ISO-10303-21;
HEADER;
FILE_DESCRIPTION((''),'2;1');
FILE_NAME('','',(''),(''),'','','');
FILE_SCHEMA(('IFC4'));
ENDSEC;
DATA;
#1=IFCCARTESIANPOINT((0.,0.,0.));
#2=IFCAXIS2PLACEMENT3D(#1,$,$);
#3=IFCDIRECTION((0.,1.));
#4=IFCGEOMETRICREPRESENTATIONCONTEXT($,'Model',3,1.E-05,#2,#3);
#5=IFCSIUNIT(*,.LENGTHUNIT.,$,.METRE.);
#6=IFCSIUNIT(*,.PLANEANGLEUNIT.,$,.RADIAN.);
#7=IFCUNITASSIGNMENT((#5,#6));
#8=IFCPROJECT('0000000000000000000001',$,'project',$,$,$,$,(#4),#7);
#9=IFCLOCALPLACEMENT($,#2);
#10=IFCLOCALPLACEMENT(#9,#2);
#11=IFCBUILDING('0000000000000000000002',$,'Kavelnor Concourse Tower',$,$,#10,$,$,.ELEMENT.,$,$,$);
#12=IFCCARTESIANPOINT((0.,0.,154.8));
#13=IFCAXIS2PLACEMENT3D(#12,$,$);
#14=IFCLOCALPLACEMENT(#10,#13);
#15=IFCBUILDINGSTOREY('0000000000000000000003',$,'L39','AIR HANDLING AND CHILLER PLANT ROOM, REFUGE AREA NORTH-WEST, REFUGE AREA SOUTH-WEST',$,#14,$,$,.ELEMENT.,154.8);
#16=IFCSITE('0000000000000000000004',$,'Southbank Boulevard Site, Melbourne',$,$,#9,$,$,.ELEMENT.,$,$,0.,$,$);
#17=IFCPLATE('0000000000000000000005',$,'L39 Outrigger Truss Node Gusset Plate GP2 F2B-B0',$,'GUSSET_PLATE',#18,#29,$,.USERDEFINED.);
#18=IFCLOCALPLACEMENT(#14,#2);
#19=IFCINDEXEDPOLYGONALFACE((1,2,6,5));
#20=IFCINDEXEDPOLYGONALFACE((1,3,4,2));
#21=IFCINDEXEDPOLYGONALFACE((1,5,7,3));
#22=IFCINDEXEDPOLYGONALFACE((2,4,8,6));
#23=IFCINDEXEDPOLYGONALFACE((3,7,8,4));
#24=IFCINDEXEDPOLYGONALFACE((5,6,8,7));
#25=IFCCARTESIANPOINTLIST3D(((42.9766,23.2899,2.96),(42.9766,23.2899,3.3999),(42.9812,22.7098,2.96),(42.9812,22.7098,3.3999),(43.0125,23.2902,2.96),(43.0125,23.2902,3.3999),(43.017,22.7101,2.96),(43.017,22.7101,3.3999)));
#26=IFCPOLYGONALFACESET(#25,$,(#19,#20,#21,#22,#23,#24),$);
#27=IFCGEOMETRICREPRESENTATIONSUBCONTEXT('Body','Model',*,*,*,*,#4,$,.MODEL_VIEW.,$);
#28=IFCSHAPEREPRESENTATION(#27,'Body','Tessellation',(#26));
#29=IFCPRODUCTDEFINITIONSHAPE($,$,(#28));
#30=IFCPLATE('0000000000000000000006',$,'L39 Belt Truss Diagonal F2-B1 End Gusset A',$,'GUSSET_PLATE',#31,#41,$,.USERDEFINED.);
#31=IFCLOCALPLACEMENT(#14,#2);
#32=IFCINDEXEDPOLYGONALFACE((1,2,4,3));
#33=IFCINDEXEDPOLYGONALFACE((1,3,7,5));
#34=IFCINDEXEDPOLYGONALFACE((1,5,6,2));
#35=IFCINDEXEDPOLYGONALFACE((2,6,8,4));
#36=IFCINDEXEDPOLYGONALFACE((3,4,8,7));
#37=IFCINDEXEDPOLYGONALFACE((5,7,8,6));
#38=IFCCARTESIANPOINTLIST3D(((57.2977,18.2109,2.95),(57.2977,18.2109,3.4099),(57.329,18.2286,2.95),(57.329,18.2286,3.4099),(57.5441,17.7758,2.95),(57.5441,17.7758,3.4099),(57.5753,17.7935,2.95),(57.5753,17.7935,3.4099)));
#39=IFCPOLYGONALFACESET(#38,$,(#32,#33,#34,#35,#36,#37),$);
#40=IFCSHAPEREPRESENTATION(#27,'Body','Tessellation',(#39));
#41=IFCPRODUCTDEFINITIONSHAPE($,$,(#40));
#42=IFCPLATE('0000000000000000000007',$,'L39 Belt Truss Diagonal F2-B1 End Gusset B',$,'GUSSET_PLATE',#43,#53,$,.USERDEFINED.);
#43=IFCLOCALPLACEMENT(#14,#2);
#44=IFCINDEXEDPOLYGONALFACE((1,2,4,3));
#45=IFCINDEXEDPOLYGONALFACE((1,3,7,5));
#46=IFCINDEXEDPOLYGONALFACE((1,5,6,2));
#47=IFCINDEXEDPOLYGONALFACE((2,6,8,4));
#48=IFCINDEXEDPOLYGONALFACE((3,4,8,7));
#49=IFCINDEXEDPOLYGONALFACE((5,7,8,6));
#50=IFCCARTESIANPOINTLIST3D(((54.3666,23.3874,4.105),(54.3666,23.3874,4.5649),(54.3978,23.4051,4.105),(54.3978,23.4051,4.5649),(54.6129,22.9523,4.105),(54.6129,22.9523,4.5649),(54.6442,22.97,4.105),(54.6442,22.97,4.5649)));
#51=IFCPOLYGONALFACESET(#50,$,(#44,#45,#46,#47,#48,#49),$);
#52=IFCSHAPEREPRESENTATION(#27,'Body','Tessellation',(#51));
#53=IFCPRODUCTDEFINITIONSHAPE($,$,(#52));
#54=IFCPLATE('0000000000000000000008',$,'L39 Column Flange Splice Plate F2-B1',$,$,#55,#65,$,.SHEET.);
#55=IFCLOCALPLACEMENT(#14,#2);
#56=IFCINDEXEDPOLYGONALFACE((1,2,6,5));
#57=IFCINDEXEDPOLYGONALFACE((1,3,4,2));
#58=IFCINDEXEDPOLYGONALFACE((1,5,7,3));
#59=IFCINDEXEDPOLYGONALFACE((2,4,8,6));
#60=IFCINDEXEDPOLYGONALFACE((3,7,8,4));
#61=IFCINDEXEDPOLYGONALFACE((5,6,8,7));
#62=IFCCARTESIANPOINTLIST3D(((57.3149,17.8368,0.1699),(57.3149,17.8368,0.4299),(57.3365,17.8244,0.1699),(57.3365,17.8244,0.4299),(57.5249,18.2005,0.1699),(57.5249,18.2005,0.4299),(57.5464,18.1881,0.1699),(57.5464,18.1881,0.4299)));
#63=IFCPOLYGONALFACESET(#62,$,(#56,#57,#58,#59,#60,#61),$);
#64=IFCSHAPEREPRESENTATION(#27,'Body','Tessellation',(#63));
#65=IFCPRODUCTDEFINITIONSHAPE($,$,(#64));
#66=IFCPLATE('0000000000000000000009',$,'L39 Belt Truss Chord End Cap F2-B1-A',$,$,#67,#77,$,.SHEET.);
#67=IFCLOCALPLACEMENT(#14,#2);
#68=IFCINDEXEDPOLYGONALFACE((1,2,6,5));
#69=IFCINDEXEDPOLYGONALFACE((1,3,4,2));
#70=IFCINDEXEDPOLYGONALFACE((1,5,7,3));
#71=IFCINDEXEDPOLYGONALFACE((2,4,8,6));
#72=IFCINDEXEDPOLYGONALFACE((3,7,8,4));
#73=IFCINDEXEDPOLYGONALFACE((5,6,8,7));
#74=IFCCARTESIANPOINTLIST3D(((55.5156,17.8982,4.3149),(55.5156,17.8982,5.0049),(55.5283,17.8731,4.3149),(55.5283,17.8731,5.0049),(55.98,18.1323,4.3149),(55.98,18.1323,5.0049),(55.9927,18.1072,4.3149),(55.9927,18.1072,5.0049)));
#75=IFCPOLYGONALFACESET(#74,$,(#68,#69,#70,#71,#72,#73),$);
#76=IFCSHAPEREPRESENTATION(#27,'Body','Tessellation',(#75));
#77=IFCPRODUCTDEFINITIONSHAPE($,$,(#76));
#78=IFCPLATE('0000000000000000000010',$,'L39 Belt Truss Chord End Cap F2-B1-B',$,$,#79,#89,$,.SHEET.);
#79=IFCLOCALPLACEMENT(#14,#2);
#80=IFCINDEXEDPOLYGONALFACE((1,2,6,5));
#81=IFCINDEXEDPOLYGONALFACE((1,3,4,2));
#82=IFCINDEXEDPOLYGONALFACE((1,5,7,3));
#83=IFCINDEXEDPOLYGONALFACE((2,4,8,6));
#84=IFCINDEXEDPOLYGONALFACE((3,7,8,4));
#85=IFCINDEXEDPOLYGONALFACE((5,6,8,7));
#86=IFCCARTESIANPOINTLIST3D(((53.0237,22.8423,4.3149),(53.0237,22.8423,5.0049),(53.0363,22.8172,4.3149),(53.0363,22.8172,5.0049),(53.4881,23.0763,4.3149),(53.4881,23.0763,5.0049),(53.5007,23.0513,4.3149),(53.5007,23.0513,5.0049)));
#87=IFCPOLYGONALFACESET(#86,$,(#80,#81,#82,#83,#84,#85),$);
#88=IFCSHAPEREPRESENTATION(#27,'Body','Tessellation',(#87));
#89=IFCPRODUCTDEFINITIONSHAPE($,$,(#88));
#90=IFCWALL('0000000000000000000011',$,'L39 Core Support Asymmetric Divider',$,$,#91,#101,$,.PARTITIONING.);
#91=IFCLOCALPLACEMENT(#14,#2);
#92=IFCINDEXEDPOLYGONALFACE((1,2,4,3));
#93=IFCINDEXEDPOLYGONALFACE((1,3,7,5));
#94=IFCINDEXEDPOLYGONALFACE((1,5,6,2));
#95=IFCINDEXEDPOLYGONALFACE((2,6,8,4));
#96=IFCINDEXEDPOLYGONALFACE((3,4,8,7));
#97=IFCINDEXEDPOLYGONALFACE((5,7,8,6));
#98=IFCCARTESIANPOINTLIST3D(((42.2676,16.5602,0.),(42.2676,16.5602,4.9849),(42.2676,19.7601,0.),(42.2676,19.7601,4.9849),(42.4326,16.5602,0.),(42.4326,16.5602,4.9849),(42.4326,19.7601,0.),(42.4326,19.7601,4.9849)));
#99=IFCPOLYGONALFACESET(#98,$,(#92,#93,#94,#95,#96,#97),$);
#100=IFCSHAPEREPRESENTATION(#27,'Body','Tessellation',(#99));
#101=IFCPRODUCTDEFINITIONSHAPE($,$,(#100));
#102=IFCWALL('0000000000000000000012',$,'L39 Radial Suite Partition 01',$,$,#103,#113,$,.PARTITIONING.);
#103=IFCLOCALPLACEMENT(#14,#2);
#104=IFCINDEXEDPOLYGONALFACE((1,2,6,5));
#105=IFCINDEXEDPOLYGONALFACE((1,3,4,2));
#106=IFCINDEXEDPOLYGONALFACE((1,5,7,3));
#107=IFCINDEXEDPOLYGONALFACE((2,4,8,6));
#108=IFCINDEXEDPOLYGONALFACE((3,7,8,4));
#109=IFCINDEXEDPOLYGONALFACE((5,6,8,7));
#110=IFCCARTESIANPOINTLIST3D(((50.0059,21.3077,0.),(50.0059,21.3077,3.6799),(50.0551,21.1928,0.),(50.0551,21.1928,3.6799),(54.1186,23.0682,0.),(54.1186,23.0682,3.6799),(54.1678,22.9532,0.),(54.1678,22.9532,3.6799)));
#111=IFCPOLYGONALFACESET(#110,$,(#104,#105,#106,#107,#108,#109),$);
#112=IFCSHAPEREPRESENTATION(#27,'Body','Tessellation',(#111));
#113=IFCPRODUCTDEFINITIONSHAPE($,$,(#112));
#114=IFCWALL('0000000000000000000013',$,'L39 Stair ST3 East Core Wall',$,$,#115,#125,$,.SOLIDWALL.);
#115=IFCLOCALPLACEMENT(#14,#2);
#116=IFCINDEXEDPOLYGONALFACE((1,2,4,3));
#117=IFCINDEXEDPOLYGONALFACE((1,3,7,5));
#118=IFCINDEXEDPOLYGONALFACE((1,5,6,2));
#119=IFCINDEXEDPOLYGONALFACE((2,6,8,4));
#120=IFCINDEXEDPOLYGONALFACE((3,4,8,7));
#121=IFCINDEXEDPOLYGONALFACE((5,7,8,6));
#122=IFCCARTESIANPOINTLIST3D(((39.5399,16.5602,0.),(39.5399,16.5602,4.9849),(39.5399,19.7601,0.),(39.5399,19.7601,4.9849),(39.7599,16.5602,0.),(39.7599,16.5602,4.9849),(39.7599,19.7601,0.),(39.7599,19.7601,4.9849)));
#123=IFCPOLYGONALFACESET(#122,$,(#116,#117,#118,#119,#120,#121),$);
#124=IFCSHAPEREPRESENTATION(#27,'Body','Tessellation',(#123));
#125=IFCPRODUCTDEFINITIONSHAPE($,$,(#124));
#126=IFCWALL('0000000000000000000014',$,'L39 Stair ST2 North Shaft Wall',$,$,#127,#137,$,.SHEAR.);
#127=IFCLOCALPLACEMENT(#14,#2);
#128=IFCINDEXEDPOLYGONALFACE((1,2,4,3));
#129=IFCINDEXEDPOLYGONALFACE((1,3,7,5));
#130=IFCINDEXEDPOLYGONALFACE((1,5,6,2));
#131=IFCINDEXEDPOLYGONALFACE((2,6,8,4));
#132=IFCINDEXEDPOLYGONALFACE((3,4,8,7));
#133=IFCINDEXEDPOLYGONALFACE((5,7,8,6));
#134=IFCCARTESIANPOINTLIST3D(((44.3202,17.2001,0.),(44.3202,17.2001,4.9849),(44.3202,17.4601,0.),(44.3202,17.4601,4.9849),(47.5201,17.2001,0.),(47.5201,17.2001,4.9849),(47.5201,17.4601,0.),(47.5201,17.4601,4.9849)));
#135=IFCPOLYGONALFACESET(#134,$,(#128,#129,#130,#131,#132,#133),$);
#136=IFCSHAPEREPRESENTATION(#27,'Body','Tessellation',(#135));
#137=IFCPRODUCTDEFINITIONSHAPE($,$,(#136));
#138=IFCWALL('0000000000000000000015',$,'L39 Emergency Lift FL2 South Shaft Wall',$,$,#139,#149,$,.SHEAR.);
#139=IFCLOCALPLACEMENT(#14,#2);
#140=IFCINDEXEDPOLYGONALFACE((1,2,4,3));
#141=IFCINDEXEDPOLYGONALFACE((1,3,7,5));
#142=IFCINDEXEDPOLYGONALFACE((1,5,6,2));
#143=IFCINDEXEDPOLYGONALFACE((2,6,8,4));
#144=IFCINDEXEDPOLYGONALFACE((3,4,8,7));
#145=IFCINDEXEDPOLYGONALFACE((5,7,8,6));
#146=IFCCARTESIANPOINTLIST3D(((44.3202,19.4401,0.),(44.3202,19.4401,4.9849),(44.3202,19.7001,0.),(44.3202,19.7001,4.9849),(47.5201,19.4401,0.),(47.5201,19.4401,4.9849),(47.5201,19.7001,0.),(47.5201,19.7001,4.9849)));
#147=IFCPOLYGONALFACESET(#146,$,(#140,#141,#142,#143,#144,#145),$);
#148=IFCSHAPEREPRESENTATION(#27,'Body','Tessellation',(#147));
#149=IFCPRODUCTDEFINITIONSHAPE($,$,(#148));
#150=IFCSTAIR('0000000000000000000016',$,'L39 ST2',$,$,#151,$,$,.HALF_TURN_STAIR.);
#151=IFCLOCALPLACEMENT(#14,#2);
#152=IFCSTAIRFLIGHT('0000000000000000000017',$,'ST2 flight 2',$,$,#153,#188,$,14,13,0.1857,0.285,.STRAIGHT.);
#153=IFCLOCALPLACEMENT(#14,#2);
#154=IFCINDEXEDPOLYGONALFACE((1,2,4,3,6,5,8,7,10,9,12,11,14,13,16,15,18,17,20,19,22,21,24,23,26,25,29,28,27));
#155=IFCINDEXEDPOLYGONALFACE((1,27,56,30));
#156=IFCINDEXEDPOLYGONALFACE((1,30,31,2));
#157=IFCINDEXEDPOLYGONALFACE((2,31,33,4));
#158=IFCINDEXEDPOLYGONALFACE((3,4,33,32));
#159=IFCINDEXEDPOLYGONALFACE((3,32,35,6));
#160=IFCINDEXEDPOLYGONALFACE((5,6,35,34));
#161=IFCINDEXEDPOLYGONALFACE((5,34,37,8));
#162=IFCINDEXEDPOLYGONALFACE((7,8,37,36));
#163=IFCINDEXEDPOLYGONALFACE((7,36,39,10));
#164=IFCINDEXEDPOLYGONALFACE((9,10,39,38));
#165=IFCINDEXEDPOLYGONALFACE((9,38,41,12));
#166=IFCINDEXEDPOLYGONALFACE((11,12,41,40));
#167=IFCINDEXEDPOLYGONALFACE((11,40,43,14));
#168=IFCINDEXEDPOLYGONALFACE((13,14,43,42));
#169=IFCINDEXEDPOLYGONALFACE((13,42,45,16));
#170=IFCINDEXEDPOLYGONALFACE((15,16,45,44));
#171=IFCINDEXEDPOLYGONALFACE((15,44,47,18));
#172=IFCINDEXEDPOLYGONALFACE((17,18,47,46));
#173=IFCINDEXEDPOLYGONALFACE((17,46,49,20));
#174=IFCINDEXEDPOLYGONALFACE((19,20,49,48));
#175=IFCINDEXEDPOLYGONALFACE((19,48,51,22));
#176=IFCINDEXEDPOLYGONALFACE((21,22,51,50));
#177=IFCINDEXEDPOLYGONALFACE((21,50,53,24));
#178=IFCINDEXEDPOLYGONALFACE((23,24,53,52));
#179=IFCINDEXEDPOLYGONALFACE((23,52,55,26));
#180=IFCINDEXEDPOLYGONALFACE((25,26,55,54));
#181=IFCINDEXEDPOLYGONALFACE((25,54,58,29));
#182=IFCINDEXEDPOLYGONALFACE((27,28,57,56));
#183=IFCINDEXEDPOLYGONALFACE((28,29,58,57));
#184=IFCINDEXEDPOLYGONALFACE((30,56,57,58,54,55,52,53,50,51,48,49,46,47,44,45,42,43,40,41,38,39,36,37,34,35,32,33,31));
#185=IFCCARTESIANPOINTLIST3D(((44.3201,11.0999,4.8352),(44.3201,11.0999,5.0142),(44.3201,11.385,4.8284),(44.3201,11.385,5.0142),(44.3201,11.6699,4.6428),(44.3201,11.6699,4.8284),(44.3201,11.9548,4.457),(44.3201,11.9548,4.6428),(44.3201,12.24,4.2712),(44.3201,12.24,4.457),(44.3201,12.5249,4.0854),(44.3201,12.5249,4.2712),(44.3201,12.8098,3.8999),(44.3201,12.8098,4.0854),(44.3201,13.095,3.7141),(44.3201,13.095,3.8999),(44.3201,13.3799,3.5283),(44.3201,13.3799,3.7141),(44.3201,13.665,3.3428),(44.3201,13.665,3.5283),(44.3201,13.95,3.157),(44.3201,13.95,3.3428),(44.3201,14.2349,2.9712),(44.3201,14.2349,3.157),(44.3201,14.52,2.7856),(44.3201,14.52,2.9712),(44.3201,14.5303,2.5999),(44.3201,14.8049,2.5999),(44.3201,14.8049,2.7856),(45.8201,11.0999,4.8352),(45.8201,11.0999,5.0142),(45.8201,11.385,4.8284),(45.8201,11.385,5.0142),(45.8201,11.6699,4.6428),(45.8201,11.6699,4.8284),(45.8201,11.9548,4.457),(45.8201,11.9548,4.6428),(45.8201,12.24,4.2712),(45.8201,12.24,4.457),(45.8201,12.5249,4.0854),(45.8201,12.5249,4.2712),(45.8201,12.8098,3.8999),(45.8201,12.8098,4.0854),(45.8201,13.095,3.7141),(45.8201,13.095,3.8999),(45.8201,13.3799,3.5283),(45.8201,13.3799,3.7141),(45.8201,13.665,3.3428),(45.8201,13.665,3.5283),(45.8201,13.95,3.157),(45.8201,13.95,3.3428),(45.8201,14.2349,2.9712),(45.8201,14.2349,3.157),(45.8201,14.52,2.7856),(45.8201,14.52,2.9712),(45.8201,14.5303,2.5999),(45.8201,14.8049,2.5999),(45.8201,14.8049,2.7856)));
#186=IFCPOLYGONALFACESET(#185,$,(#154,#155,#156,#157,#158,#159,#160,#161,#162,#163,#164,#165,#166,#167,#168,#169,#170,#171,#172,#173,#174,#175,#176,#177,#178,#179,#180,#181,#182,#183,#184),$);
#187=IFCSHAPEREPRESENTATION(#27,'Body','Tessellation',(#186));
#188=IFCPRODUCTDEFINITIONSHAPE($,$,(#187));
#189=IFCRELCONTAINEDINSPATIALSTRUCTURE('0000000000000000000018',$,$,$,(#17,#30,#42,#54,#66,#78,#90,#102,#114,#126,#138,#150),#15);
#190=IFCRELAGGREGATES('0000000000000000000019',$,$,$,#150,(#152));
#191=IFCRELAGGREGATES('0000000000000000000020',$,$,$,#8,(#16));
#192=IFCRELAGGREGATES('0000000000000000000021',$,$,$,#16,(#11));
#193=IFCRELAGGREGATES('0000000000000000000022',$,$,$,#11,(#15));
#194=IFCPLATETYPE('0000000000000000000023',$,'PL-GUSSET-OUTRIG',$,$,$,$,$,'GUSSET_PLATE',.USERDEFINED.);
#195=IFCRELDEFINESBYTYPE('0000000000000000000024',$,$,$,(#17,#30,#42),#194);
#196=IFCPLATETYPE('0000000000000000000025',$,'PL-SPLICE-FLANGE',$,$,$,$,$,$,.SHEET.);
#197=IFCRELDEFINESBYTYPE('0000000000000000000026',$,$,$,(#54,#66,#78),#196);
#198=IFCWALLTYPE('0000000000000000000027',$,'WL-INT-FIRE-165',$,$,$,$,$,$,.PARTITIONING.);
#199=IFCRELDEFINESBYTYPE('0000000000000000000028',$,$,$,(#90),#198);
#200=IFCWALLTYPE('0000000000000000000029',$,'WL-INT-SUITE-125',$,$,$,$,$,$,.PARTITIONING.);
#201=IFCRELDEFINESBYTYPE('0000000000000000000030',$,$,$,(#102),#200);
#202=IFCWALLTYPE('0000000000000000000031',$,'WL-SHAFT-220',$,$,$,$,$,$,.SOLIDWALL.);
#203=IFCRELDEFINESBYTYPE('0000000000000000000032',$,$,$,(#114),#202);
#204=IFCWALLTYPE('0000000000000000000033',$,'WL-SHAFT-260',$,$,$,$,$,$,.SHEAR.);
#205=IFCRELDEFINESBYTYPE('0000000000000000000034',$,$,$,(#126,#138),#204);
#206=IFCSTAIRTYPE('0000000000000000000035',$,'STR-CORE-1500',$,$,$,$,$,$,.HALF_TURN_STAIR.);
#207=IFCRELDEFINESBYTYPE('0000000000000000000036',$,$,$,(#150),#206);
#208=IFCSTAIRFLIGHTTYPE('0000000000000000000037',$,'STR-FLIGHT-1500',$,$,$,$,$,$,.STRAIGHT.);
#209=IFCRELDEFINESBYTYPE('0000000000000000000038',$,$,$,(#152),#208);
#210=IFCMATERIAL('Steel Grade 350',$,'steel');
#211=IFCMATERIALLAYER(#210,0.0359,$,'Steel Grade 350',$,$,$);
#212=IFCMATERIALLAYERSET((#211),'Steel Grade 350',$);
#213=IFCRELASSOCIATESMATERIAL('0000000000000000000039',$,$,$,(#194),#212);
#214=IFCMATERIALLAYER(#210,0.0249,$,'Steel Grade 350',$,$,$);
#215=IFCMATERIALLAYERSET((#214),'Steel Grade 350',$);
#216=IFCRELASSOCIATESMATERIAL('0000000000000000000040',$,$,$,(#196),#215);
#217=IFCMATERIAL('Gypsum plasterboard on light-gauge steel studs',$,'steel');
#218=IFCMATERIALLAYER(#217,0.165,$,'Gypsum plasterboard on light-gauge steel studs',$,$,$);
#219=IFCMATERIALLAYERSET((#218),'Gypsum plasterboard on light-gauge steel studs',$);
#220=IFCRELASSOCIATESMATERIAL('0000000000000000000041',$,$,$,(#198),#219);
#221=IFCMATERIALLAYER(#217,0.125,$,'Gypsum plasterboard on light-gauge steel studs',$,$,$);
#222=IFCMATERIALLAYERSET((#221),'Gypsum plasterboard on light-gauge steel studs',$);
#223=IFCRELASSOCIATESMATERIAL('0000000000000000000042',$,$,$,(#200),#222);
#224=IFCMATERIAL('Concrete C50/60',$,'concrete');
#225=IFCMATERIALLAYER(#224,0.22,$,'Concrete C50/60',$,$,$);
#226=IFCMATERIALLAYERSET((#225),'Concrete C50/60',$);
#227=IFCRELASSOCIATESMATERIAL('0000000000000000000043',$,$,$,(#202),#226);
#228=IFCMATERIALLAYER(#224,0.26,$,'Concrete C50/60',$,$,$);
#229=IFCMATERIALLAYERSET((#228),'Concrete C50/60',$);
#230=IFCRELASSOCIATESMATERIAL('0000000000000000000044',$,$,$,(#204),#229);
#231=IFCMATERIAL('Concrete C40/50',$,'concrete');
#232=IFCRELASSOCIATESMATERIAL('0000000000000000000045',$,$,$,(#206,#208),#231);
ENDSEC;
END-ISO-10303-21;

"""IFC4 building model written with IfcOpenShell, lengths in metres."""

from ifc_helpers import new_model, si_unit, direction, frame, frame_2d, origin, origin_2d, place, context, subcontext, project, spatial, polyline, rectangle, outline, extrude, material, layer, layer_set, type_object, element, aggregate, save


model = new_model("IFC4")

# Units and contexts
model_context = context("Model", 3, precision=1e-05, world=origin(), true_north=direction((0.0, 1.0)))
body_context = subcontext(model_context, "Body", "Model", "MODEL_VIEW")
ifc_project = project(units=[si_unit("LENGTHUNIT", "METRE"), si_unit("PLANEANGLEUNIT", "RADIAN")], contexts=[model_context])

# Site, building, storey
site_placement = place(None, origin())
site = spatial("IfcSite", under=ifc_project, at=site_placement, Name="Southbank Boulevard Site, Melbourne", CompositionType="ELEMENT", RefElevation=0.0)
building_placement = place(site_placement, origin())
building = spatial("IfcBuilding", under=site, at=building_placement, Name="Kavelnor Concourse Tower", CompositionType="ELEMENT")
storey_placement = place(building_placement, frame((0.0, 0.0, 154.8)))
storey = spatial("IfcBuildingStorey", under=building, at=storey_placement, Name="L39", Description="AIR HANDLING AND CHILLER PLANT ROOM, REFUGE AREA NORTH-WEST, REFUGE AREA SOUTH-WEST", CompositionType="ELEMENT", Elevation=154.8)

# Shared definitions
ifc_material_1 = material(Name="Steel Grade 350", Category="steel")

# Plates
ifc_layer_1 = layer(ifc_material_1, 0.0359, Name="Steel Grade 350")
ifc_layer_set_1 = layer_set([ifc_layer_1], Name="Steel Grade 350")
plate_type_1 = type_object("IfcPlateType", Name="PL-GUSSET-OUTRIG", ElementType="GUSSET_PLATE", PredefinedType="USERDEFINED", material=ifc_layer_set_1)
plate_1_placement = place(storey_placement, frame((42.9968, 23.0, 2.96), z_axis=(0.0, 0.0, 1.0), x_axis=(-0.007854, 0.999969, 0.0)))
element("IfcPlate", 1, at=plate_1_placement, inside=storey, type_object=plate_type_1, Name="L39 Outrigger Truss Node Gusset Plate GP2 F2B-B0", ObjectType="GUSSET_PLATE", PredefinedType="USERDEFINED", context=body_context, shape_type="SweptSolid", body=[
    extrude(rectangle(XDim=0.5801, YDim=0.0359, at=origin_2d()), origin(), (0.0, 0.0, 1.0), 0.4399),
])
for number, where, z_axis, x_axis, name in (
    (2, (57.4365, 18.0022, 2.95), (0.0, 0.0, 1.0), (-0.492727, 0.870184, 0.0), "L39 Belt Truss Diagonal F2-B1 End Gusset A"),
    (3, (54.5054, 23.1787, 4.105), (0.0, 0.0, 1.0), (-0.492727, 0.870184, 0.0), "L39 Belt Truss Diagonal F2-B1 End Gusset B"),
):
    element("IfcPlate", number, at=place(storey_placement, frame(where, z_axis=z_axis, x_axis=x_axis)), inside=storey, type_object=plate_type_1, Name=name, ObjectType="GUSSET_PLATE", PredefinedType="USERDEFINED", context=body_context, shape_type="SweptSolid", body=[
        extrude(rectangle(XDim=0.5, YDim=0.0359, at=origin_2d()), origin(), (0.0, 0.0, 1.0), 0.46),
    ])
ifc_layer_2 = layer(ifc_material_1, 0.0249, Name="Steel Grade 350")
ifc_layer_set_2 = layer_set([ifc_layer_2], Name="Steel Grade 350")
plate_type_2 = type_object("IfcPlateType", Name="PL-SPLICE-FLANGE", PredefinedType="SHEET", material=ifc_layer_set_2)
plate_2_placement = place(storey_placement, frame((57.4307, 18.0125, 0.1699), z_axis=(0.0, 0.0, 1.0), x_axis=(-0.5, -0.866025, 0.0)))
element("IfcPlate", 4, at=plate_2_placement, inside=storey, type_object=plate_type_2, Name="L39 Column Flange Splice Plate F2-B1", PredefinedType="SHEET", context=body_context, shape_type="SweptSolid", body=[
    extrude(rectangle(XDim=0.4199, YDim=0.0249, at=origin_2d()), origin(), (0.0, 0.0, 1.0), 0.26),
])
for number, where, z_axis, x_axis, name in (
    (5, (55.7542, 18.0027, 4.3149), (0.0, 0.0, 1.0), (0.892979, 0.450098, 0.0), "L39 Belt Truss Chord End Cap F2-B1-A"),
    (6, (53.2622, 22.9468, 4.3149), (0.0, 0.0, 1.0), (-0.892979, -0.450098, 0.0), "L39 Belt Truss Chord End Cap F2-B1-B"),
):
    element("IfcPlate", number, at=place(storey_placement, frame(where, z_axis=z_axis, x_axis=x_axis)), inside=storey, type_object=plate_type_2, Name=name, PredefinedType="SHEET", context=body_context, shape_type="SweptSolid", body=[
        extrude(rectangle(XDim=0.52, YDim=0.0281, at=origin_2d()), origin(), (0.0, 0.0, 1.0), 0.6899),
    ])

# Walls
ifc_material_2 = material(Name="Gypsum plasterboard on light-gauge steel studs", Category="steel")
ifc_layer_3 = layer(ifc_material_2, 0.165, Name="Gypsum plasterboard on light-gauge steel studs")
ifc_layer_set_3 = layer_set([ifc_layer_3], Name="Gypsum plasterboard on light-gauge steel studs")
wall_type_1 = type_object("IfcWallType", Name="WL-INT-FIRE-165", PredefinedType="PARTITIONING", material=ifc_layer_set_3)
wall_1_placement = place(storey_placement, frame((42.3501, 16.5601, 0.0), z_axis=(0.0, 0.0, 1.0), x_axis=(0.0, 1.0, 0.0)))
element("IfcWall", 7, at=wall_1_placement, inside=storey, type_object=wall_type_1, Name="L39 Core Support Asymmetric Divider", PredefinedType="PARTITIONING", context=body_context, shape_type="SweptSolid", body=[
    extrude(rectangle(XDim=3.2, YDim=0.165, at=frame_2d((1.6001, 0.0))), origin(), (0.0, 0.0, 1.0), 4.9849),
])
ifc_layer_4 = layer(ifc_material_2, 0.125, Name="Gypsum plasterboard on light-gauge steel studs")
ifc_layer_set_4 = layer_set([ifc_layer_4], Name="Gypsum plasterboard on light-gauge steel studs")
wall_type_2 = type_object("IfcWallType", Name="WL-INT-SUITE-125", PredefinedType="PARTITIONING", material=ifc_layer_set_4)
wall_2_placement = place(storey_placement, frame((50.0305, 21.2502, 0.0), z_axis=(0.0, 0.0, 1.0), x_axis=(0.919317, 0.393517, 0.0)))
element("IfcWall", 8, at=wall_2_placement, inside=storey, type_object=wall_type_2, Name="L39 Radial Suite Partition 01", PredefinedType="PARTITIONING", context=body_context, shape_type="SweptSolid", body=[
    extrude(rectangle(XDim=4.4736, YDim=0.125, at=frame_2d((2.2368, 0.0))), origin(), (0.0, 0.0, 1.0), 3.6799),
])
ifc_material_3 = material(Name="Concrete C50/60", Category="concrete")
ifc_layer_5 = layer(ifc_material_3, 0.22, Name="Concrete C50/60")
ifc_layer_set_5 = layer_set([ifc_layer_5], Name="Concrete C50/60")
wall_type_3 = type_object("IfcWallType", Name="WL-SHAFT-220", PredefinedType="SOLIDWALL", material=ifc_layer_set_5)
wall_3_placement = place(storey_placement, frame((39.6499, 16.5601, 0.0), z_axis=(0.0, 0.0, 1.0), x_axis=(0.0, 1.0, 0.0)))
element("IfcWall", 9, at=wall_3_placement, inside=storey, type_object=wall_type_3, Name="L39 Stair ST3 East Core Wall", PredefinedType="SOLIDWALL", context=body_context, shape_type="SweptSolid", body=[
    extrude(rectangle(XDim=3.2, YDim=0.22, at=frame_2d((1.6001, 0.0))), origin(), (0.0, 0.0, 1.0), 4.9849),
])
ifc_layer_6 = layer(ifc_material_3, 0.26, Name="Concrete C50/60")
ifc_layer_set_6 = layer_set([ifc_layer_6], Name="Concrete C50/60")
wall_type_4 = type_object("IfcWallType", Name="WL-SHAFT-260", PredefinedType="SHEAR", material=ifc_layer_set_6)
for number, where, z_axis, x_axis, name in (
    (10, (44.3201, 17.3301, 0.0), (0.0, 0.0, 1.0), (1.0, 0.0, 0.0), "L39 Stair ST2 North Shaft Wall"),
    (11, (44.3201, 19.5701, 0.0), (0.0, 0.0, 1.0), (1.0, 0.0, 0.0), "L39 Emergency Lift FL2 South Shaft Wall"),
):
    element("IfcWall", number, at=place(storey_placement, frame(where, z_axis=z_axis, x_axis=x_axis)), inside=storey, type_object=wall_type_4, Name=name, PredefinedType="SHEAR", context=body_context, shape_type="SweptSolid", body=[
        extrude(rectangle(XDim=3.2, YDim=0.26, at=frame_2d((1.6001, 0.0))), origin(), (0.0, 0.0, 1.0), 4.9849),
    ])

# Stair, stair flight
ifc_material_4 = material(Name="Concrete C40/50", Category="concrete")
stair_type = type_object("IfcStairType", Name="STR-CORE-1500", PredefinedType="HALF_TURN_STAIR", material=ifc_material_4)
stair_1_placement = place(storey_placement, origin())
stair_1 = element("IfcStair", 12, at=stair_1_placement, inside=storey, type_object=stair_type, Name="L39 ST2", PredefinedType="HALF_TURN_STAIR")
stair_flight_type = type_object("IfcStairFlightType", Name="STR-FLIGHT-1500", PredefinedType="STRAIGHT", material=ifc_material_4)
stair_flight_1_placement = place(storey_placement, frame((45.0701, 14.8049, 2.5999), z_axis=(0.0, 0.0, 1.0), x_axis=(0.0, -1.0, 0.0)))
stair_flight_1 = element("IfcStairFlight", 13, at=stair_flight_1_placement, type_object=stair_flight_type, Name="ST2 flight 2", NumberOfRisers=14, NumberOfTreads=13, PredefinedType="STRAIGHT", RiserHeight=0.1857, TreadLength=0.285, context=body_context, shape_type="SweptSolid", body=[
    extrude(outline(polyline([(0.0, 0.0), (0.0, 0.1858), (0.2849, 0.1858), (0.2849, 0.3713), (0.5701, 0.3713), (0.5701, 0.5571), (0.855, 0.5571), (0.855, 0.7429), (1.1399, 0.7429), (1.1399, 0.9285), (1.425, 0.9285), (1.425, 1.1143), (1.71, 1.1143), (1.71, 1.3), (1.9951, 1.3), (1.9951, 1.4856), (2.28, 1.4856), (2.28, 1.6714), (2.5649, 1.6714), (2.5649, 1.8572), (2.8501, 1.8572), (2.8501, 2.043), (3.135, 2.043), (3.135, 2.2285), (3.4199, 2.2285), (3.4199, 2.4143), (3.7051, 2.4143), (3.7051, 2.6001), (3.7051, 2.2354), (0.2747, 0.0), (0.0, 0.0)])), frame((0.0, 0.75, 0.0), z_axis=(0.0, -1.0, 0.0), x_axis=(1.0, 0.0, 0.0)), (0.0, 0.0, 1.0), 1.5),
])
aggregate(stair_1, [stair_flight_1])

save(model, "model.ifc")
